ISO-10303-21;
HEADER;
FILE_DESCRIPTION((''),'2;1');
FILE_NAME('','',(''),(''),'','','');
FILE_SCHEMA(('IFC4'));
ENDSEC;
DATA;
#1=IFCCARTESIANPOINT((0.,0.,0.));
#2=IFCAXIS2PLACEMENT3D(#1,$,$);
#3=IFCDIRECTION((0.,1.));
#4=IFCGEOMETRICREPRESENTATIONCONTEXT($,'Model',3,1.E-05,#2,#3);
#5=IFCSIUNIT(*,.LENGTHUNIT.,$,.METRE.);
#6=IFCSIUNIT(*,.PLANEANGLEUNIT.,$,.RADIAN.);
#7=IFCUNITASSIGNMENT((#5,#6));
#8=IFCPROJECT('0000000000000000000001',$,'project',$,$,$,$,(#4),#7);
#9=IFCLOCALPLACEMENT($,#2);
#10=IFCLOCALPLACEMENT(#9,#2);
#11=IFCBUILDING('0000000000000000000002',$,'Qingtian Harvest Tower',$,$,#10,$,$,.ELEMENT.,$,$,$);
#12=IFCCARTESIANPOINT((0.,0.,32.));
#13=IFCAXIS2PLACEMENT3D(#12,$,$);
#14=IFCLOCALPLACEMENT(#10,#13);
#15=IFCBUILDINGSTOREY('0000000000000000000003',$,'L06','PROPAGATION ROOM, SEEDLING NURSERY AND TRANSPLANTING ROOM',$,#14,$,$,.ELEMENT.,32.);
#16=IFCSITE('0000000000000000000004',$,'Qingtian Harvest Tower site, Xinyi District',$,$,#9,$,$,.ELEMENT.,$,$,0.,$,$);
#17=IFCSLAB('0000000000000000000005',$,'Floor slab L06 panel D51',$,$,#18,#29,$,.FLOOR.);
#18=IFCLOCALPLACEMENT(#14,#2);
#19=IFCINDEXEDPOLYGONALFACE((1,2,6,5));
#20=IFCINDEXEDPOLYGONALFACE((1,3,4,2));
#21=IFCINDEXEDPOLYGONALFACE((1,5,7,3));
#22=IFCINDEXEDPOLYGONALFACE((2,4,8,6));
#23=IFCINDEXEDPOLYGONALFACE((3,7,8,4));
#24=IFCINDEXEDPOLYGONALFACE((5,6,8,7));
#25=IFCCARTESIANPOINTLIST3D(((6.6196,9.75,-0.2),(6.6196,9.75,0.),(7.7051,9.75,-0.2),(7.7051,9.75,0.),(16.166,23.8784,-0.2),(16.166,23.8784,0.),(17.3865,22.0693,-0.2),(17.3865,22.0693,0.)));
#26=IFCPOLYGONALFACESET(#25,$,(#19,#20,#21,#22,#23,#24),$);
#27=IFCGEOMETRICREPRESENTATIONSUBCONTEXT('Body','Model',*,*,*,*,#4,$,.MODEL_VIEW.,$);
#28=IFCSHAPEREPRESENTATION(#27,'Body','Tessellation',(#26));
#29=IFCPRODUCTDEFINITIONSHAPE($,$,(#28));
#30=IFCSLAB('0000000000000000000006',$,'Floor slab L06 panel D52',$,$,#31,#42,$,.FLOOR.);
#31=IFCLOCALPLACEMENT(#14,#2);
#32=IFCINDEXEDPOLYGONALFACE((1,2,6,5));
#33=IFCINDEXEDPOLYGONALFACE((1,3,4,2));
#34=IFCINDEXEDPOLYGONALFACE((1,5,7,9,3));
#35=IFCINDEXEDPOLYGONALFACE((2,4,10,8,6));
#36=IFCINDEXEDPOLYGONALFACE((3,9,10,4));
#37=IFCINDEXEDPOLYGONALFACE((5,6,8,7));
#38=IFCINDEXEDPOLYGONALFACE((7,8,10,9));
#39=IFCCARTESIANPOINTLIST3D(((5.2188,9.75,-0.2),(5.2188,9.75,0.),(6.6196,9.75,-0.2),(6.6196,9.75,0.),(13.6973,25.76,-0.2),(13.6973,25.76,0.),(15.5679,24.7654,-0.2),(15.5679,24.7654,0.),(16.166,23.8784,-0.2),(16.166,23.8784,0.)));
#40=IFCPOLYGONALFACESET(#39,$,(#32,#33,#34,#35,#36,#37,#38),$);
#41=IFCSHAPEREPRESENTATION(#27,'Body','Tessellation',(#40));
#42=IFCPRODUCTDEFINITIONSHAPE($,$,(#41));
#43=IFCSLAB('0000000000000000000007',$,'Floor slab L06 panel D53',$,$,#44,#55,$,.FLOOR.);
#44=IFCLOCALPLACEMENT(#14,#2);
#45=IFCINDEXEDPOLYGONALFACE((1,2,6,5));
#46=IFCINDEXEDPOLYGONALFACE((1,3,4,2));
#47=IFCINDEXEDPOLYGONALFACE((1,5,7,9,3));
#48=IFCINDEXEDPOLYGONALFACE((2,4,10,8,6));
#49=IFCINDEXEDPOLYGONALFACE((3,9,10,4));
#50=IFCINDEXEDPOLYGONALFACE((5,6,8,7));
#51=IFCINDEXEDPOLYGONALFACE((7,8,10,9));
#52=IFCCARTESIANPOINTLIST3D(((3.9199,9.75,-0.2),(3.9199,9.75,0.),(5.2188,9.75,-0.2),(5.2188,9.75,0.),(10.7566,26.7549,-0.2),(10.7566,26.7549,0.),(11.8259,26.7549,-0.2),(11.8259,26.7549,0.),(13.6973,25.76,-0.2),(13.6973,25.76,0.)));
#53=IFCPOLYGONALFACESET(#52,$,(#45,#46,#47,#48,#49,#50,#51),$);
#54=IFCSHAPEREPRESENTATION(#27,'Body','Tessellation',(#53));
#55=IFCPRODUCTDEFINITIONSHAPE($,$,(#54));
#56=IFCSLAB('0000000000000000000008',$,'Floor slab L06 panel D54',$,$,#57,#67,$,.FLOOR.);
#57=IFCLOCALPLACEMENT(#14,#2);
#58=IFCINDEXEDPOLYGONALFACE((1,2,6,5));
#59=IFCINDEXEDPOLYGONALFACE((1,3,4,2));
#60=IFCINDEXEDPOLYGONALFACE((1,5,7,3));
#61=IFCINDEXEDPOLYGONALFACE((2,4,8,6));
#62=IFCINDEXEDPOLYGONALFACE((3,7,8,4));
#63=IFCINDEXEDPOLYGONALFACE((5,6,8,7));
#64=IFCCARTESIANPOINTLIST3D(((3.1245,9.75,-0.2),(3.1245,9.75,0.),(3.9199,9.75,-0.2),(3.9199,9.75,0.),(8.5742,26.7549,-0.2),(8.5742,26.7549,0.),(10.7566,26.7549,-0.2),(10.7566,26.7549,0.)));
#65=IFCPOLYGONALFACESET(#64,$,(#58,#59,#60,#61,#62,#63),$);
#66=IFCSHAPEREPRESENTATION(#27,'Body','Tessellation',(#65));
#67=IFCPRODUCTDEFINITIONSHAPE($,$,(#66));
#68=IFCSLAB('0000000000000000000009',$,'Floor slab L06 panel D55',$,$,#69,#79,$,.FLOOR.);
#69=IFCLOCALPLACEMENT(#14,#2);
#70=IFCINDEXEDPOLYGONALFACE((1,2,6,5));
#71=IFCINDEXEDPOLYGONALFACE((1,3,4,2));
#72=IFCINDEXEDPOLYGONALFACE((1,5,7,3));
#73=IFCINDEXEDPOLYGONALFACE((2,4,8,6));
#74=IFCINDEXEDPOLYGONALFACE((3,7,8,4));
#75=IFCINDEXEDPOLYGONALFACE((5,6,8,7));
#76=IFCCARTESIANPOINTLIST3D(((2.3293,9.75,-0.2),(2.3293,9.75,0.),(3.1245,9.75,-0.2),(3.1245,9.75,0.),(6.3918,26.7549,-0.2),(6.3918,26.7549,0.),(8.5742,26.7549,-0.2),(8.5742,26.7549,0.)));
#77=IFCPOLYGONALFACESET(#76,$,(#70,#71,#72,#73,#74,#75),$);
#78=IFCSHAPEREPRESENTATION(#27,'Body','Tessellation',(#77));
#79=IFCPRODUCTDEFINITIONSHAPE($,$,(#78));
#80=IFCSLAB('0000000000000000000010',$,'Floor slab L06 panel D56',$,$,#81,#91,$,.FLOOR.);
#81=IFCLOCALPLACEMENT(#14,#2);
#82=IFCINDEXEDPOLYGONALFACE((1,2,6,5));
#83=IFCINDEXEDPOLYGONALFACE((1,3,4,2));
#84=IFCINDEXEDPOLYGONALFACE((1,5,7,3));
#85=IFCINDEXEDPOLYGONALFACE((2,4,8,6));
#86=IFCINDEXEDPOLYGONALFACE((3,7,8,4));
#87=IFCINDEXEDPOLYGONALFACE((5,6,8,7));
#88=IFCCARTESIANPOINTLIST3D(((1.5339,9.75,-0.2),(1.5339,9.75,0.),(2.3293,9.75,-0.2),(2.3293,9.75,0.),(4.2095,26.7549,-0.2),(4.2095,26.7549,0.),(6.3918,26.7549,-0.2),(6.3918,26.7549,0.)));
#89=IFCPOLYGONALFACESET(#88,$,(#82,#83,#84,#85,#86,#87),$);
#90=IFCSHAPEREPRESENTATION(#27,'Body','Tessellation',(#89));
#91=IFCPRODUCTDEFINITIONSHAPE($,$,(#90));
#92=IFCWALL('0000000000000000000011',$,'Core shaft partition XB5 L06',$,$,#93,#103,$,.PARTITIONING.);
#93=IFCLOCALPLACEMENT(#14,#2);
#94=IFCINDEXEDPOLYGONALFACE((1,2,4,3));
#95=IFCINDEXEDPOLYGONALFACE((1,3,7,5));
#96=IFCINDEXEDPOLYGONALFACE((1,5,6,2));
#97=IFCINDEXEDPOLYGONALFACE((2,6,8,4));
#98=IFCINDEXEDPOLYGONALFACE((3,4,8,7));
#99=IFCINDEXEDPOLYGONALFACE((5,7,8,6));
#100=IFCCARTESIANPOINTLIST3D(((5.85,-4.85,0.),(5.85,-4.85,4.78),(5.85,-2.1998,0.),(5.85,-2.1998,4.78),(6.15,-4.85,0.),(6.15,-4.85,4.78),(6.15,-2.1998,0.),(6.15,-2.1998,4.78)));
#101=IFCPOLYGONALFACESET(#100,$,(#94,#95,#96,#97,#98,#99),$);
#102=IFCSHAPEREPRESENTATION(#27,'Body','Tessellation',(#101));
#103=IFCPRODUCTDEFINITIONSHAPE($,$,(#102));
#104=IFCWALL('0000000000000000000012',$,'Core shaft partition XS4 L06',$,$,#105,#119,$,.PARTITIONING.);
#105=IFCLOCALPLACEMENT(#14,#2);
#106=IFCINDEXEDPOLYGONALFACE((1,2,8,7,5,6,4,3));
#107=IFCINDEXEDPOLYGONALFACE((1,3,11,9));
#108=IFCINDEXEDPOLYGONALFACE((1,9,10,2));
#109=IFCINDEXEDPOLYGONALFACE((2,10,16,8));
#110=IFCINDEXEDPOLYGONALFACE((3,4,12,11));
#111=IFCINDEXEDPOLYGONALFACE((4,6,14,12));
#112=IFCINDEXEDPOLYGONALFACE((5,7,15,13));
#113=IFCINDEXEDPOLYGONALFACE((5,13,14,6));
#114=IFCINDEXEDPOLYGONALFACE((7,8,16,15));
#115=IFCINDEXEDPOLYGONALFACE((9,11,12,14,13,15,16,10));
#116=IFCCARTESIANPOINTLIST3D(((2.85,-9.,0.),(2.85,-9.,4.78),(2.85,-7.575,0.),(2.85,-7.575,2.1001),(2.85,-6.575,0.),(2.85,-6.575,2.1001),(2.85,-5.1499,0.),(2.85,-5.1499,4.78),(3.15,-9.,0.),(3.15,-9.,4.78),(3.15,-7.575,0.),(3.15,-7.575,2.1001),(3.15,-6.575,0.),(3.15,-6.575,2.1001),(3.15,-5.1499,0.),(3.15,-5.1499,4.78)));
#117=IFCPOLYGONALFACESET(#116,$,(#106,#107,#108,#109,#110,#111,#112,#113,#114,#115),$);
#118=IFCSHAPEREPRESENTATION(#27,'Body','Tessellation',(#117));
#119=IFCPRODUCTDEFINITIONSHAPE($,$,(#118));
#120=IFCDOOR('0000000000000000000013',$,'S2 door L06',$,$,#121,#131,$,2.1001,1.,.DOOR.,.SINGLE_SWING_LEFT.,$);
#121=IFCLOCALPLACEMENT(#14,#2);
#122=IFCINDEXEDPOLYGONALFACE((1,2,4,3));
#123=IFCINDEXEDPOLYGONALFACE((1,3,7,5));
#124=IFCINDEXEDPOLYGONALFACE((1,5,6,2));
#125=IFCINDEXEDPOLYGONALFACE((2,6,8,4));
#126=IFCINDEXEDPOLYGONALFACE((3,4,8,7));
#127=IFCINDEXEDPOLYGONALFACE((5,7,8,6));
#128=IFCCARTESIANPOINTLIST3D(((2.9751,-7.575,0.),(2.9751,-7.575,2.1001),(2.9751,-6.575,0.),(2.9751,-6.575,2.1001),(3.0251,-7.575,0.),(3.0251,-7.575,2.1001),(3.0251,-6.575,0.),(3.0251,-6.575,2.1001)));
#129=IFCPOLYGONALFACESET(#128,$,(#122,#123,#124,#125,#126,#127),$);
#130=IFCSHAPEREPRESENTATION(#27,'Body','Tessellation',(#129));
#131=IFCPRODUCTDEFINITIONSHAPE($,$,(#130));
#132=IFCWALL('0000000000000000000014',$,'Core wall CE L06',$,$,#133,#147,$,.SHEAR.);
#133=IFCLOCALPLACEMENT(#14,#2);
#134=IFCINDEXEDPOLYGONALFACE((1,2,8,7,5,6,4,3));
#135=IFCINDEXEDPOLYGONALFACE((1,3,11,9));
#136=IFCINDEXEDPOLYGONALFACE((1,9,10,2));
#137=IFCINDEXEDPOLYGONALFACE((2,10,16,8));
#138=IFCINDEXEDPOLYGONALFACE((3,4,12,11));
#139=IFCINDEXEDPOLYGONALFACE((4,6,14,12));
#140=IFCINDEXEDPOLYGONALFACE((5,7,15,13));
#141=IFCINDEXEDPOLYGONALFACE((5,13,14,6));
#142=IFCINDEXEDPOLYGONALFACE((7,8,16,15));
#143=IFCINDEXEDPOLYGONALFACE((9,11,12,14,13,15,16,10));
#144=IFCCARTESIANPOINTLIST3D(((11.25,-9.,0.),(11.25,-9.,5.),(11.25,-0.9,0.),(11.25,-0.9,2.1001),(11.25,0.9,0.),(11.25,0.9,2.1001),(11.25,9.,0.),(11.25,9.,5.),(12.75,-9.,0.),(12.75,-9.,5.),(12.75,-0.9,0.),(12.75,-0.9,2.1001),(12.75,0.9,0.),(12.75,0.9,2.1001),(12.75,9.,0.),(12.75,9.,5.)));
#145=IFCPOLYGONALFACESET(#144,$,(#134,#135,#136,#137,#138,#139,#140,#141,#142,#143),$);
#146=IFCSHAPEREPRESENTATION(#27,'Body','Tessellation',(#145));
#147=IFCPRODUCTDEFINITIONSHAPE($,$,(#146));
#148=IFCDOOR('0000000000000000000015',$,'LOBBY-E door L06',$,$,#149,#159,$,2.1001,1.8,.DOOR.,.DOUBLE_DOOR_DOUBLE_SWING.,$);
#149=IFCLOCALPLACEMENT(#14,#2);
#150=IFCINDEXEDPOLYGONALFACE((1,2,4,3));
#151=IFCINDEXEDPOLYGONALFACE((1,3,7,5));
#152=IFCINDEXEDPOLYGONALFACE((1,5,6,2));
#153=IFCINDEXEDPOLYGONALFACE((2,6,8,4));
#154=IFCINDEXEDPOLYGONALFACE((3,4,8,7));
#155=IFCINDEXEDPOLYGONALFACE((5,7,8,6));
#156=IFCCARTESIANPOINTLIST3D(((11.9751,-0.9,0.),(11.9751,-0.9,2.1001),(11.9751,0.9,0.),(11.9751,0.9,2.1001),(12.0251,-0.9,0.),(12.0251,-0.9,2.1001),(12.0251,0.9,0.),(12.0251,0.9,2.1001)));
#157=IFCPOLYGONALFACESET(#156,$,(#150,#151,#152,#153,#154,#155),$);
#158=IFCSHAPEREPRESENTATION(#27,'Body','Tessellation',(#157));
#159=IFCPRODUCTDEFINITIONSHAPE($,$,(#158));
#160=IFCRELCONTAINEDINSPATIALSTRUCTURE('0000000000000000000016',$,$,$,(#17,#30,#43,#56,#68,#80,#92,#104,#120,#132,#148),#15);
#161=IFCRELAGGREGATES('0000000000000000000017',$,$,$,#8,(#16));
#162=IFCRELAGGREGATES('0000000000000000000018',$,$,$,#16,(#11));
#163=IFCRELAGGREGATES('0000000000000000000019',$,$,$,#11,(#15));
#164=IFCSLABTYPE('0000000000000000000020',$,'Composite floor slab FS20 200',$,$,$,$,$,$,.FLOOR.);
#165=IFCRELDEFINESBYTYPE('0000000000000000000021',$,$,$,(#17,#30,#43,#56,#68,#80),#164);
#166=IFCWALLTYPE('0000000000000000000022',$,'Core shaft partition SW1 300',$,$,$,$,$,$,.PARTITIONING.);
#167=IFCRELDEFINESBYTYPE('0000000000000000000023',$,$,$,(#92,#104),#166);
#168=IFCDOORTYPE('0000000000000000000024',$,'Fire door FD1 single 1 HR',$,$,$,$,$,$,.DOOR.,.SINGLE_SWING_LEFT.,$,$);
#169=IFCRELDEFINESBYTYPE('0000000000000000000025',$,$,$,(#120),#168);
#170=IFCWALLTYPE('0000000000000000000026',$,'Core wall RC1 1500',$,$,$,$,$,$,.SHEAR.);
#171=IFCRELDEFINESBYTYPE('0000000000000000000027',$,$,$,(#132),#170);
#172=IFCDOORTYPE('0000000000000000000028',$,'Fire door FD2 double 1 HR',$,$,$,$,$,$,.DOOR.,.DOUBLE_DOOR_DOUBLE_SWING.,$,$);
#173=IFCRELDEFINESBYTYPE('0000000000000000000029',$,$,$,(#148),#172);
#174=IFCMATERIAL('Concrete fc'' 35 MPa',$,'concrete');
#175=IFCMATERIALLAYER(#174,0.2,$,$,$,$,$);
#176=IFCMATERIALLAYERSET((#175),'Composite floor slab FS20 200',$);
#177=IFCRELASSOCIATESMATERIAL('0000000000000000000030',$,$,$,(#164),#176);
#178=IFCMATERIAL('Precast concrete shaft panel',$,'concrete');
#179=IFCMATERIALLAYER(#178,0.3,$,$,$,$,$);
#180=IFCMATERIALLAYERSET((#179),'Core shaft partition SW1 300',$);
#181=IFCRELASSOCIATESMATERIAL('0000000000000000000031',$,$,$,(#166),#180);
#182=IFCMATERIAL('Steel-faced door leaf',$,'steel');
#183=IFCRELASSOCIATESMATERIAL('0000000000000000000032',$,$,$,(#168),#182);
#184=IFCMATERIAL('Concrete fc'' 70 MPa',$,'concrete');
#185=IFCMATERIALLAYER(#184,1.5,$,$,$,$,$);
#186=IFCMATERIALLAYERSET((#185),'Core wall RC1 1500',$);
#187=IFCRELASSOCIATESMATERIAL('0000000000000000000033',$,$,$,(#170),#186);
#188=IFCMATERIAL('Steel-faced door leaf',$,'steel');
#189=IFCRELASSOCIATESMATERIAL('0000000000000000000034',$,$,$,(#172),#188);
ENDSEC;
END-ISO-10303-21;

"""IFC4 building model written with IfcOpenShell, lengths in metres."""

from ifc_helpers import new_model, si_unit, direction, frame, frame_2d, origin, place, context, subcontext, project, spatial, polyline, rectangle, outline, extrude, material, layer, layer_set, type_object, element, fill, save


model = new_model("IFC4")

# Units and contexts
model_context = context("Model", 3, precision=1e-05, world=origin(), true_north=direction((0.0, 1.0)))
body_context = subcontext(model_context, "Body", "Model", "MODEL_VIEW")
ifc_project = project(units=[si_unit("LENGTHUNIT", "METRE"), si_unit("PLANEANGLEUNIT", "RADIAN")], contexts=[model_context])

# Site, building, storey
site_placement = place(None, origin())
site = spatial("IfcSite", under=ifc_project, at=site_placement, Name="Qingtian Harvest Tower site, Xinyi District", CompositionType="ELEMENT", RefElevation=0.0)
building_placement = place(site_placement, origin())
building = spatial("IfcBuilding", under=site, at=building_placement, Name="Qingtian Harvest Tower", CompositionType="ELEMENT")
storey_placement = place(building_placement, frame((0.0, 0.0, 32.0)))
storey = spatial("IfcBuildingStorey", under=building, at=storey_placement, Name="L06", Description="PROPAGATION ROOM, SEEDLING NURSERY AND TRANSPLANTING ROOM", CompositionType="ELEMENT", Elevation=32.0)

# Slabs
ifc_material_1 = material(Name="Concrete fc' 35 MPa", Category="concrete")
ifc_layer_1 = layer(ifc_material_1, 0.2)
ifc_layer_set_1 = layer_set([ifc_layer_1], Name="Composite floor slab FS20 200")
slab_type = type_object("IfcSlabType", Name="Composite floor slab FS20 200", PredefinedType="FLOOR", material=ifc_layer_set_1)
slab_1_placement = place(storey_placement, frame((0.0, 0.0, -0.2)))
element("IfcSlab", 1, at=slab_1_placement, inside=storey, type_object=slab_type, Name="Floor slab L06 panel D51", PredefinedType="FLOOR", context=body_context, shape_type="SweptSolid", body=[
    extrude(outline(polyline([(6.6196, 9.75), (16.166, 23.8784), (17.3865, 22.0693), (7.7051, 9.75), (6.6196, 9.75)])), origin(), (0.0, 0.0, 1.0), 0.2),
])
slab_2_placement = place(storey_placement, frame((0.0, 0.0, -0.2)))
element("IfcSlab", 2, at=slab_2_placement, inside=storey, type_object=slab_type, Name="Floor slab L06 panel D52", PredefinedType="FLOOR", context=body_context, shape_type="SweptSolid", body=[
    extrude(outline(polyline([(6.6196, 9.75), (5.2188, 9.75), (13.6973, 25.76), (15.5679, 24.7654), (16.166, 23.8784), (6.6196, 9.75)])), origin(), (0.0, 0.0, 1.0), 0.2),
])
slab_3_placement = place(storey_placement, frame((0.0, 0.0, -0.2)))
element("IfcSlab", 3, at=slab_3_placement, inside=storey, type_object=slab_type, Name="Floor slab L06 panel D53", PredefinedType="FLOOR", context=body_context, shape_type="SweptSolid", body=[
    extrude(outline(polyline([(3.9199, 9.75), (10.7566, 26.7549), (11.8259, 26.7549), (13.6973, 25.76), (5.2188, 9.75), (3.9199, 9.75)])), origin(), (0.0, 0.0, 1.0), 0.2),
])
slab_4_placement = place(storey_placement, frame((0.0, 0.0, -0.2)))
element("IfcSlab", 4, at=slab_4_placement, inside=storey, type_object=slab_type, Name="Floor slab L06 panel D54", PredefinedType="FLOOR", context=body_context, shape_type="SweptSolid", body=[
    extrude(outline(polyline([(3.1245, 9.75), (8.5742, 26.7549), (10.7566, 26.7549), (3.9199, 9.75), (3.1245, 9.75)])), origin(), (0.0, 0.0, 1.0), 0.2),
])
slab_5_placement = place(storey_placement, frame((0.0, 0.0, -0.2)))
element("IfcSlab", 5, at=slab_5_placement, inside=storey, type_object=slab_type, Name="Floor slab L06 panel D55", PredefinedType="FLOOR", context=body_context, shape_type="SweptSolid", body=[
    extrude(outline(polyline([(2.3293, 9.75), (6.3918, 26.7549), (8.5742, 26.7549), (3.1245, 9.75), (2.3293, 9.75)])), origin(), (0.0, 0.0, 1.0), 0.2),
])
slab_6_placement = place(storey_placement, frame((0.0, 0.0, -0.2)))
element("IfcSlab", 6, at=slab_6_placement, inside=storey, type_object=slab_type, Name="Floor slab L06 panel D56", PredefinedType="FLOOR", context=body_context, shape_type="SweptSolid", body=[
    extrude(outline(polyline([(1.5339, 9.75), (4.2095, 26.7549), (6.3918, 26.7549), (2.3293, 9.75), (1.5339, 9.75)])), origin(), (0.0, 0.0, 1.0), 0.2),
])

# Wall
ifc_material_2 = material(Name="Precast concrete shaft panel", Category="concrete")
ifc_layer_2 = layer(ifc_material_2, 0.3)
ifc_layer_set_2 = layer_set([ifc_layer_2], Name="Core shaft partition SW1 300")
wall_type_1 = type_object("IfcWallType", Name="Core shaft partition SW1 300", PredefinedType="PARTITIONING", material=ifc_layer_set_2)
wall_1_placement = place(storey_placement, frame((6.0, -4.8501, 0.0), z_axis=(0.0, 0.0, 1.0), x_axis=(0.0, 1.0, 0.0)))
element("IfcWall", 7, at=wall_1_placement, inside=storey, type_object=wall_type_1, Name="Core shaft partition XB5 L06", PredefinedType="PARTITIONING", context=body_context, shape_type="SweptSolid", body=[
    extrude(rectangle(XDim=2.6501, YDim=0.3, at=frame_2d((1.3252, 0.0))), origin(), (0.0, 0.0, 1.0), 4.78),
])

# Walls, openings, doors
wall_2_placement = place(storey_placement, frame((3.0, -9.0, 0.0), z_axis=(0.0, 0.0, 1.0), x_axis=(0.0, 1.0, 0.0)))
wall_2 = element("IfcWall", 8, at=wall_2_placement, inside=storey, type_object=wall_type_1, Name="Core shaft partition XS4 L06", PredefinedType="PARTITIONING", context=body_context, shape_type="SweptSolid", body=[
    extrude(rectangle(XDim=3.8501, YDim=0.3, at=frame_2d((1.925, 0.0))), origin(), (0.0, 0.0, 1.0), 4.78),
])
opening_1_placement = place(wall_2_placement, frame((1.425, 0.0, 0.0)))
opening_1 = element("IfcOpeningElement", 9, at=opening_1_placement, cuts=wall_2, PredefinedType="OPENING", context=body_context, shape_type="SweptSolid", body=[
    extrude(rectangle(XDim=1.0, YDim=2.1001, at=frame_2d((0.5, 1.05))), frame((0.0, 0.1599, 0.0), z_axis=(0.0, -1.0, 0.0), x_axis=(1.0, 0.0, 0.0)), (0.0, 0.0, 1.0), 0.3201),
])
ifc_material_3 = material(Name="Steel-faced door leaf", Category="steel")
door_type_1 = type_object("IfcDoorType", Name="Fire door FD1 single 1 HR", OperationType="SINGLE_SWING_LEFT", PredefinedType="DOOR", material=ifc_material_3)
door_1_placement = place(opening_1_placement, origin())
door_1 = element("IfcDoor", 10, at=door_1_placement, inside=storey, type_object=door_type_1, Name="S2 door L06", OperationType="SINGLE_SWING_LEFT", OverallHeight=2.1001, OverallWidth=1.0, PredefinedType="DOOR", context=body_context, shape_type="SweptSolid", body=[
    extrude(rectangle(XDim=1.0, YDim=2.1001, at=frame_2d((0.5, 1.05))), frame((0.0, 0.0249, 0.0), z_axis=(0.0, -1.0, 0.0), x_axis=(1.0, 0.0, 0.0)), (0.0, 0.0, 1.0), 0.05),
])
fill(opening_1, door_1)
ifc_material_4 = material(Name="Concrete fc' 70 MPa", Category="concrete")
ifc_layer_3 = layer(ifc_material_4, 1.5)
ifc_layer_set_3 = layer_set([ifc_layer_3], Name="Core wall RC1 1500")
wall_type_2 = type_object("IfcWallType", Name="Core wall RC1 1500", PredefinedType="SHEAR", material=ifc_layer_set_3)
wall_3_placement = place(storey_placement, frame((12.0, -9.0, 0.0), z_axis=(0.0, 0.0, 1.0), x_axis=(0.0, 1.0, 0.0)))
wall_3 = element("IfcWall", 11, at=wall_3_placement, inside=storey, type_object=wall_type_2, Name="Core wall CE L06", PredefinedType="SHEAR", context=body_context, shape_type="SweptSolid", body=[
    extrude(rectangle(XDim=18.0, YDim=1.5, at=frame_2d((9.0, 0.0))), origin(), (0.0, 0.0, 1.0), 5.0),
])
opening_2_placement = place(wall_3_placement, frame((8.1001, 0.0, 0.0)))
opening_2 = element("IfcOpeningElement", 12, at=opening_2_placement, cuts=wall_3, PredefinedType="OPENING", context=body_context, shape_type="SweptSolid", body=[
    extrude(rectangle(XDim=1.8, YDim=2.1001, at=frame_2d((0.8999, 1.05))), frame((0.0, 0.76, 0.0), z_axis=(0.0, -1.0, 0.0), x_axis=(1.0, 0.0, 0.0)), (0.0, 0.0, 1.0), 1.52),
])
ifc_material_5 = material(Name="Steel-faced door leaf", Category="steel")
door_type_2 = type_object("IfcDoorType", Name="Fire door FD2 double 1 HR", OperationType="DOUBLE_DOOR_DOUBLE_SWING", PredefinedType="DOOR", material=ifc_material_5)
door_2_placement = place(opening_2_placement, origin())
door_2 = element("IfcDoor", 13, at=door_2_placement, inside=storey, type_object=door_type_2, Name="LOBBY-E door L06", OperationType="DOUBLE_DOOR_DOUBLE_SWING", OverallHeight=2.1001, OverallWidth=1.8, PredefinedType="DOOR", context=body_context, shape_type="SweptSolid", body=[
    extrude(rectangle(XDim=1.8, YDim=2.1001, at=frame_2d((0.8999, 1.05))), frame((0.0, 0.0249, 0.0), z_axis=(0.0, -1.0, 0.0), x_axis=(1.0, 0.0, 0.0)), (0.0, 0.0, 1.0), 0.05),
])
fill(opening_2, door_2)

save(model, "model.ifc")
